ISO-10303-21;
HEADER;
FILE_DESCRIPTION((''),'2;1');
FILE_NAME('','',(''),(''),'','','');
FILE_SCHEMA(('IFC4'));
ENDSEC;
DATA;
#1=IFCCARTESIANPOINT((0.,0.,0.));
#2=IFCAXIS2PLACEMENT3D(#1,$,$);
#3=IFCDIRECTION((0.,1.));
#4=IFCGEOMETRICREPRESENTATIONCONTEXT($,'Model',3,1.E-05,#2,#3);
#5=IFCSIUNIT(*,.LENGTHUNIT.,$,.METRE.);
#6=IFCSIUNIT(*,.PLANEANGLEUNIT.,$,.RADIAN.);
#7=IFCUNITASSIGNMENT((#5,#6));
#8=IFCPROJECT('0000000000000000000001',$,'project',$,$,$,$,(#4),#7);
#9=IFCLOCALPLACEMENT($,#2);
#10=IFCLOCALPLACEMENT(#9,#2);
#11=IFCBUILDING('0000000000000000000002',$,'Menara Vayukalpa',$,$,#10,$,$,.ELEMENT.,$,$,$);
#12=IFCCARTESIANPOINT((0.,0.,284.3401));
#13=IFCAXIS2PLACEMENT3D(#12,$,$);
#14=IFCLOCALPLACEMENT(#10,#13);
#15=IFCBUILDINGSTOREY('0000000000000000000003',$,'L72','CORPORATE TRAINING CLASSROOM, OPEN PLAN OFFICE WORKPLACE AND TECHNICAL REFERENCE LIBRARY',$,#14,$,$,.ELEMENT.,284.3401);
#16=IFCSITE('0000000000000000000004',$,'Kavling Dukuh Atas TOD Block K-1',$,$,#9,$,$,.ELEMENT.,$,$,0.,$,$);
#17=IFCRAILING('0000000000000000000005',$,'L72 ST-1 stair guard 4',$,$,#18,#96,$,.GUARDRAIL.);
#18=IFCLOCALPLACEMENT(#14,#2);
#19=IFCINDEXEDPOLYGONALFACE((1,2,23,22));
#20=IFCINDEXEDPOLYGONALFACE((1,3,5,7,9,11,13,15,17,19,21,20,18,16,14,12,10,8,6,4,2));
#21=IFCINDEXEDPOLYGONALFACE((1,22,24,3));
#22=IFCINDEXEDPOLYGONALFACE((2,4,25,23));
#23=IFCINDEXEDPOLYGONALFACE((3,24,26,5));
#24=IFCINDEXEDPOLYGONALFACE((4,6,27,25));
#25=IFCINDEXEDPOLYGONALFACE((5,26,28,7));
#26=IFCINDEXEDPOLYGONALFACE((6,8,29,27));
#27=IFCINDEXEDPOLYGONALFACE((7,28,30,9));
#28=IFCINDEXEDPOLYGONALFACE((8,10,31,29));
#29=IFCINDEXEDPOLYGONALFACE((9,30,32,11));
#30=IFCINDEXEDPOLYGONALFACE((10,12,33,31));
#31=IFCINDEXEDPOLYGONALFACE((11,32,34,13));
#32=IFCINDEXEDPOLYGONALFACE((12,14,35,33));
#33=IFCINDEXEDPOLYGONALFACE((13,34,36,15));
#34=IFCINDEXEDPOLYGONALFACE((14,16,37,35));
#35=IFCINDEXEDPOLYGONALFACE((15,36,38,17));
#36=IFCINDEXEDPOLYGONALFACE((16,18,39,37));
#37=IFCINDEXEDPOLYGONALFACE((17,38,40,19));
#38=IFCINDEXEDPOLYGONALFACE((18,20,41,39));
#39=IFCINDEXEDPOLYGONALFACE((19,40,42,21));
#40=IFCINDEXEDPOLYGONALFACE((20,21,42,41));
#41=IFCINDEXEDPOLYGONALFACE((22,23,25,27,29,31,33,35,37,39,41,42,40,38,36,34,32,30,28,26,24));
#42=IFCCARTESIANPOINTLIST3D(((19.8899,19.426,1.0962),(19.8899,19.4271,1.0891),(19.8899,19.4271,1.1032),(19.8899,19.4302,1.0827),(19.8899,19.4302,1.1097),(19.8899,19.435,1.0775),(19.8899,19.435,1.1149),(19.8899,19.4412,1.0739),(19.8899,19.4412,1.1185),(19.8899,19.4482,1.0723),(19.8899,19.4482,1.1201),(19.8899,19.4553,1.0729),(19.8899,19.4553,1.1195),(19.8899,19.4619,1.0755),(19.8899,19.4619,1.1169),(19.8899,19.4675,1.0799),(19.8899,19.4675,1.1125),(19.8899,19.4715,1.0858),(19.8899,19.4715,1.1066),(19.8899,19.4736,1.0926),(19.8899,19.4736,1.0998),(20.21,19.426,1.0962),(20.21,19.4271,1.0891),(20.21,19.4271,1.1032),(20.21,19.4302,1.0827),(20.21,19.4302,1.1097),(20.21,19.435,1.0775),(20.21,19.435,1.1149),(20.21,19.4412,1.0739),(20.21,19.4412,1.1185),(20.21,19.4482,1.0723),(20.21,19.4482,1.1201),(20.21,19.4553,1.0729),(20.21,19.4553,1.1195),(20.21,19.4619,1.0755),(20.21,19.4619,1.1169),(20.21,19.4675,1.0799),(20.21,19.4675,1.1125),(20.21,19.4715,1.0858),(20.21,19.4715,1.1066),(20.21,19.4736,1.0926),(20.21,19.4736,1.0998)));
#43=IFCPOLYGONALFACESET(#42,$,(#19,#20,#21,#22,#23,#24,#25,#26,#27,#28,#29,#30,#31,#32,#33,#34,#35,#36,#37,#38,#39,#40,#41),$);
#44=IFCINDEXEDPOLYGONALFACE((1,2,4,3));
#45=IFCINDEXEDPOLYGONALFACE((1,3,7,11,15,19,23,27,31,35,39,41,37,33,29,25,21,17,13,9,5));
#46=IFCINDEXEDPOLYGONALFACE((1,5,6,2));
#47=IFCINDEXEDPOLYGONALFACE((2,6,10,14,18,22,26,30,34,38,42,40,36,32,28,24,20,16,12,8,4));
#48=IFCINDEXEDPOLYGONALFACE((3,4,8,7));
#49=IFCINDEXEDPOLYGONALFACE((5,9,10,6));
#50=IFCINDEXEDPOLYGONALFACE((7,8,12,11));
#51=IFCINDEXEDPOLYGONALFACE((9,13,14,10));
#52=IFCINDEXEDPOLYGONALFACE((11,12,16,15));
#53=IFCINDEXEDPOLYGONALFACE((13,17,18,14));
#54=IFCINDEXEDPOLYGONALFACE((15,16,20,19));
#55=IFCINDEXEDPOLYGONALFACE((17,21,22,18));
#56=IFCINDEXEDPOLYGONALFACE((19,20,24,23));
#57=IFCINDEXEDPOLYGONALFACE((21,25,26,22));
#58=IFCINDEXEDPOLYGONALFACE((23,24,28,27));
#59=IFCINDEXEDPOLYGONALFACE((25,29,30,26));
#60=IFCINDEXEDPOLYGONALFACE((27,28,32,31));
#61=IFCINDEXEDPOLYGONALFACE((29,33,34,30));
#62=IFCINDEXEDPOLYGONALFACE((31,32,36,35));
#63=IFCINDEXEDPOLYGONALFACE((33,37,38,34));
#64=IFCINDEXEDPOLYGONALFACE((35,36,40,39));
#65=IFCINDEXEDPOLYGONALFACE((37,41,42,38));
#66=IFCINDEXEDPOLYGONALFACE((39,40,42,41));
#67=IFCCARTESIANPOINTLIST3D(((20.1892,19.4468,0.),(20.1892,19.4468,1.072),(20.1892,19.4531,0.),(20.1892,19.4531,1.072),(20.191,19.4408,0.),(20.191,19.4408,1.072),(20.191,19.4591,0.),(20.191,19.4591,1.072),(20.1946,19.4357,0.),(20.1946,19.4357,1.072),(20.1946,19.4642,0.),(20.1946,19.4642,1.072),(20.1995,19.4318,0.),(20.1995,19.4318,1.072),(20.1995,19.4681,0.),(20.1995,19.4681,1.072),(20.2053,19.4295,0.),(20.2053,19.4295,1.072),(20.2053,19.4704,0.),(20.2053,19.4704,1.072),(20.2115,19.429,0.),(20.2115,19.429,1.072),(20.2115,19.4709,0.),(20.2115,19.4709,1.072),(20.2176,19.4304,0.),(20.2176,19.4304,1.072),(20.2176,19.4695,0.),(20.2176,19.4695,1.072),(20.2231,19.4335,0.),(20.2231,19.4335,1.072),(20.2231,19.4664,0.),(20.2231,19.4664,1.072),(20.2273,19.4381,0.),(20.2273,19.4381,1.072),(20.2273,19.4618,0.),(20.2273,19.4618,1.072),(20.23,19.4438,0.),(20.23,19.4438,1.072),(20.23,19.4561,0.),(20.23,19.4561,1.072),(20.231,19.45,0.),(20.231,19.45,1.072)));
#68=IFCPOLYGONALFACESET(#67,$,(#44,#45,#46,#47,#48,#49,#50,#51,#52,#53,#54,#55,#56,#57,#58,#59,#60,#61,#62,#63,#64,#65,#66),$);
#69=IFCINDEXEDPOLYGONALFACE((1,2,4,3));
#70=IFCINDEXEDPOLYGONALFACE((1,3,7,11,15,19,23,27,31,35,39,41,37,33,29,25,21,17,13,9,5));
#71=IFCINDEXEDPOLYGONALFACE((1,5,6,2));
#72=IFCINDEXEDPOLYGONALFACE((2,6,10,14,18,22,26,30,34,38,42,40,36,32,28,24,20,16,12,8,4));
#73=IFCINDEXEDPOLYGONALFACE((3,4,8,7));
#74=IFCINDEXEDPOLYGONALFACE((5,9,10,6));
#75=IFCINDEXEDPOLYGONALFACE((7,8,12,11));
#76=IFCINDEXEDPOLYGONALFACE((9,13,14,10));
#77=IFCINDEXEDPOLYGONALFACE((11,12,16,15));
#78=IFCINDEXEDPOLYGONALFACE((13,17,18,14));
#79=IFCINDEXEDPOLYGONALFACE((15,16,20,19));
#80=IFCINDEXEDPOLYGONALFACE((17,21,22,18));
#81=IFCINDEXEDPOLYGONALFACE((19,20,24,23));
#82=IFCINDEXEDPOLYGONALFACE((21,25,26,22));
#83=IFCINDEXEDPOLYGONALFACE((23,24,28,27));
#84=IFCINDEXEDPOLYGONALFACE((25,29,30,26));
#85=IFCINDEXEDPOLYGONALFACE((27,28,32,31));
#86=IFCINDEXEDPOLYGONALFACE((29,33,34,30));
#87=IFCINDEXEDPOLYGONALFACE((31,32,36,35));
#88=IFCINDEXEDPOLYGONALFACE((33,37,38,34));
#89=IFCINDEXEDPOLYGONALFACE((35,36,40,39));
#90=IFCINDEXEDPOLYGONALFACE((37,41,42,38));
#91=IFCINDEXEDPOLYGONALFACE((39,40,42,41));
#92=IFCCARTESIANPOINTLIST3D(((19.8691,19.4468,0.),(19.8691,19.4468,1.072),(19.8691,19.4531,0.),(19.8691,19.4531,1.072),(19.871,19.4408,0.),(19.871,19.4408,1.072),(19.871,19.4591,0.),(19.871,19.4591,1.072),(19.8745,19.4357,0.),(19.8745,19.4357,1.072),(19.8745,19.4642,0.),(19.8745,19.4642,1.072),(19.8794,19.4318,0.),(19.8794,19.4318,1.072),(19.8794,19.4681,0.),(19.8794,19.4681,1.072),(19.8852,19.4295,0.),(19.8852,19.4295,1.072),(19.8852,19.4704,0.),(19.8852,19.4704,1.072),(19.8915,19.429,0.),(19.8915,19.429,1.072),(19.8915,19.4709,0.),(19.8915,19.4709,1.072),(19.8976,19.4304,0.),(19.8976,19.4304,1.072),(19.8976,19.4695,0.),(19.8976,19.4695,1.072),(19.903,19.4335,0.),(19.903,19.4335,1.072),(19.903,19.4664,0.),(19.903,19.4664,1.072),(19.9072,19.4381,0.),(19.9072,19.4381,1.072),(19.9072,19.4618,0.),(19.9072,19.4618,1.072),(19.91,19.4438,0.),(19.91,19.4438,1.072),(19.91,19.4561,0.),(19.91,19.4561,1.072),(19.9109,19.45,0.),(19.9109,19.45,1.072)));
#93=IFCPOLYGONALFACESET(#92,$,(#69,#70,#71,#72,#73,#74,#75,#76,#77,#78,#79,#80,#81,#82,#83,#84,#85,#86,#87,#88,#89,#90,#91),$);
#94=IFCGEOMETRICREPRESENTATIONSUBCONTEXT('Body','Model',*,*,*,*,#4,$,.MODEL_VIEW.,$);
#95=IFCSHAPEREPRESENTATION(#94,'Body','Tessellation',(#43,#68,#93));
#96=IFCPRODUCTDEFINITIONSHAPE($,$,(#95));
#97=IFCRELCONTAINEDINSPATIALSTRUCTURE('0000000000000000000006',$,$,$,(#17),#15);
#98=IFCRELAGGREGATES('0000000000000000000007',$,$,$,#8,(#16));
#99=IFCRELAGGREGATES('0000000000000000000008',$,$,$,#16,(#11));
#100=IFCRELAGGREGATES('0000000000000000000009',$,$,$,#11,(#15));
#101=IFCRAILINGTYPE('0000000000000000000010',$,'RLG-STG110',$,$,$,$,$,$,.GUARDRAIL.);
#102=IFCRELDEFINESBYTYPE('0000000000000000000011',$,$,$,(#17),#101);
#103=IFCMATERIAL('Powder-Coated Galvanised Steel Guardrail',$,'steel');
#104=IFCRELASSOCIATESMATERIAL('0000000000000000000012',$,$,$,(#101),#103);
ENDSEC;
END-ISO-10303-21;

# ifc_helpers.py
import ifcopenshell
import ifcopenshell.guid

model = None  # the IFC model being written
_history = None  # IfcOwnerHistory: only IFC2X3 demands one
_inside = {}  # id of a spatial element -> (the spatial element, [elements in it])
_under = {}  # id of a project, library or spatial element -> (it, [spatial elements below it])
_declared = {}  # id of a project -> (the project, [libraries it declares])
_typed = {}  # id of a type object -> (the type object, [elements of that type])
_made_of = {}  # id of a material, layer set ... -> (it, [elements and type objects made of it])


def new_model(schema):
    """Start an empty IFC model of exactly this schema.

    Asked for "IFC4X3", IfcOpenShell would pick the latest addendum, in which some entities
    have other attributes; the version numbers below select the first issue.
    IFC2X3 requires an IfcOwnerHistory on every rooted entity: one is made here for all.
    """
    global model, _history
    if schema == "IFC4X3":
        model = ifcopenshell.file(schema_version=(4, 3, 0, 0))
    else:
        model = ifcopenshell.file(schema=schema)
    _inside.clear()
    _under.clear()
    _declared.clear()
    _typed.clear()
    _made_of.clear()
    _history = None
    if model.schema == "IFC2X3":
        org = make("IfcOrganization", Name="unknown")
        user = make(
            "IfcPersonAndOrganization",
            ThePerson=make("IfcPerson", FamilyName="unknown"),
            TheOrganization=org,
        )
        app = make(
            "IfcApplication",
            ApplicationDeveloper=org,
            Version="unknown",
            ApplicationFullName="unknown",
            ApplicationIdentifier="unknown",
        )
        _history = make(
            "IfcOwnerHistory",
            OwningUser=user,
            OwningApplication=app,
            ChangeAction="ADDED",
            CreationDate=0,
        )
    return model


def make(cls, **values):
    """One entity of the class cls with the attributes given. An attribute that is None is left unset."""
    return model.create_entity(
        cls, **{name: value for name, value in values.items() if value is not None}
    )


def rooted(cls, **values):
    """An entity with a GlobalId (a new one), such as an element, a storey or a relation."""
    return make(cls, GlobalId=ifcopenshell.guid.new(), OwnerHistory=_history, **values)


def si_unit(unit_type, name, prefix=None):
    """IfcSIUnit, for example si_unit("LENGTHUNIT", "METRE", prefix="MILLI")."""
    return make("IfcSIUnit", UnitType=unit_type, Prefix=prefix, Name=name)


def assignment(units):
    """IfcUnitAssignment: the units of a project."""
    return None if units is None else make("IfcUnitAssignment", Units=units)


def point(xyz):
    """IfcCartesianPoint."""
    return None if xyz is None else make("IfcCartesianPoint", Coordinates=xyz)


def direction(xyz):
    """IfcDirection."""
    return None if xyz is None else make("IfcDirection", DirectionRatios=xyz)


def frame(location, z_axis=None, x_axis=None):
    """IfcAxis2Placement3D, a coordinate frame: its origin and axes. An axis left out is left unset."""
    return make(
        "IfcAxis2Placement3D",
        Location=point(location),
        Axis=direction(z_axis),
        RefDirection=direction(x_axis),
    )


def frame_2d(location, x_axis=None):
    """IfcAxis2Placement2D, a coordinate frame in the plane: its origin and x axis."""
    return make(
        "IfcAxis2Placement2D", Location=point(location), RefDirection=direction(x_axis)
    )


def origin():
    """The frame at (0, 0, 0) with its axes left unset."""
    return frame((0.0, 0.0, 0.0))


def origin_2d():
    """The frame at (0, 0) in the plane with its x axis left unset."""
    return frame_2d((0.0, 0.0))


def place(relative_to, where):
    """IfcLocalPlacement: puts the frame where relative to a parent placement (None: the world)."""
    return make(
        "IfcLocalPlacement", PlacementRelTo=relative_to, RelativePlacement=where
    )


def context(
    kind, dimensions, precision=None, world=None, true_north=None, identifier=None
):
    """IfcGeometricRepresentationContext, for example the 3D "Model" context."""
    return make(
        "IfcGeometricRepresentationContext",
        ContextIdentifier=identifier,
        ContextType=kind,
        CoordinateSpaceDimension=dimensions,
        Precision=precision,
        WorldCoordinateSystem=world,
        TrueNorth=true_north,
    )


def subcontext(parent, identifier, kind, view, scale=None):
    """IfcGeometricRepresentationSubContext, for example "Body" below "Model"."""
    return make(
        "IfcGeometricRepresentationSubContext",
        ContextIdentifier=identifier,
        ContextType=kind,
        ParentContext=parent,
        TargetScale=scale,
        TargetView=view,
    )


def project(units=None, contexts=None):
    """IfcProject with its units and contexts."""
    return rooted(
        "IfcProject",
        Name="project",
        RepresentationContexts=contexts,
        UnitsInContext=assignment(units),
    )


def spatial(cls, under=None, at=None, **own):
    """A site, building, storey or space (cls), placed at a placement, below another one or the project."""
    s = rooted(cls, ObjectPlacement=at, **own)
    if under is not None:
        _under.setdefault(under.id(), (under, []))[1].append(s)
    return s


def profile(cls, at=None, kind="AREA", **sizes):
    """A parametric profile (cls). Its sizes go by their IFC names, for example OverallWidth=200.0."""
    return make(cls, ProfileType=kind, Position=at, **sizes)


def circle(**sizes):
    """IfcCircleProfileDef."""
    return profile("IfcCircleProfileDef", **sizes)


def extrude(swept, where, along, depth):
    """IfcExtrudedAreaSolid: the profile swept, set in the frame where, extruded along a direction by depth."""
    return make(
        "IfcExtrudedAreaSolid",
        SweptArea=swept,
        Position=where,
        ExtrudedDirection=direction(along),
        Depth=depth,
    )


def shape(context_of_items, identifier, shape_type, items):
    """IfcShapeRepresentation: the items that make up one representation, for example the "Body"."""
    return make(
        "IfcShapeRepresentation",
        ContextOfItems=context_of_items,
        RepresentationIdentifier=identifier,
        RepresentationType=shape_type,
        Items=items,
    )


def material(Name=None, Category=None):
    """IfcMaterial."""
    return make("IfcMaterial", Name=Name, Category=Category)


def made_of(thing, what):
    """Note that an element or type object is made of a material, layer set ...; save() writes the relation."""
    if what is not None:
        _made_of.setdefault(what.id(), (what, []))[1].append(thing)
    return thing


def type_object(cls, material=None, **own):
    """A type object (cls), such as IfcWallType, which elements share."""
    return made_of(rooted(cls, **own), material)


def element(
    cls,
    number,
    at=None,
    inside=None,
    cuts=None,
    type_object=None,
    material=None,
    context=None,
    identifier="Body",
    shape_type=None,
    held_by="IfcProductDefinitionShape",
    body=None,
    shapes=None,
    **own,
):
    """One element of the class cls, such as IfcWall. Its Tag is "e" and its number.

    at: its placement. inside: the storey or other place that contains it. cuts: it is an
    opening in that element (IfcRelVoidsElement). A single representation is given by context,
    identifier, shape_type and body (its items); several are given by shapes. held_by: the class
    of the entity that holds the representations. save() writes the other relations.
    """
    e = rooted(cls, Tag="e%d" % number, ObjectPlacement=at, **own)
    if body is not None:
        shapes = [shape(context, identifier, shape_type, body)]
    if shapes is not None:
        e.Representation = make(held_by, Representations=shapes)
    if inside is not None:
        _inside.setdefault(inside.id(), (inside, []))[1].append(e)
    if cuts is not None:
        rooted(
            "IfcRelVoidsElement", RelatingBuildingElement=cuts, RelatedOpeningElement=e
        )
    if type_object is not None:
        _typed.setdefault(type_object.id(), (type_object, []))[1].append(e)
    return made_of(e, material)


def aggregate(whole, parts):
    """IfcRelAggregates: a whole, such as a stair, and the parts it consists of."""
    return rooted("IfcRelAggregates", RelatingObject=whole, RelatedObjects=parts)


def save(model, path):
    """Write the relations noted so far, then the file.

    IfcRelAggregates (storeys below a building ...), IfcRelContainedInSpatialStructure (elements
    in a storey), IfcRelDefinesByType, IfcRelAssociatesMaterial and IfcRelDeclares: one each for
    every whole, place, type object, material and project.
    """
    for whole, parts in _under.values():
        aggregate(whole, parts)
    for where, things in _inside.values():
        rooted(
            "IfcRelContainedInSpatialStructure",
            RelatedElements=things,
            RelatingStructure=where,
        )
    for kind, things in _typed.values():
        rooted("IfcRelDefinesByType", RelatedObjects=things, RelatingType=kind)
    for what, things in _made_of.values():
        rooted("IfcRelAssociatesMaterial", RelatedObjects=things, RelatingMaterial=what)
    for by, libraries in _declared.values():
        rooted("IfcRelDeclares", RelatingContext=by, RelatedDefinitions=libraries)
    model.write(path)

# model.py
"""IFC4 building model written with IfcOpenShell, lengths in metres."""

from ifc_helpers import new_model, si_unit, direction, frame, origin, origin_2d, place, context, subcontext, project, spatial, circle, extrude, material, type_object, element, save


model = new_model("IFC4")

# Units and contexts
model_context = context("Model", 3, precision=1e-05, world=origin(), true_north=direction((0.0, 1.0)))
body_context = subcontext(model_context, "Body", "Model", "MODEL_VIEW")
ifc_project = project(units=[si_unit("LENGTHUNIT", "METRE"), si_unit("PLANEANGLEUNIT", "RADIAN")], contexts=[model_context])

# Site, building, storey
site_placement = place(None, origin())
site = spatial("IfcSite", under=ifc_project, at=site_placement, Name="Kavling Dukuh Atas TOD Block K-1", CompositionType="ELEMENT", RefElevation=0.0)
building_placement = place(site_placement, origin())
building = spatial("IfcBuilding", under=site, at=building_placement, Name="Menara Vayukalpa", CompositionType="ELEMENT")
storey_placement = place(building_placement, frame((0.0, 0.0, 284.3401)))
storey = spatial("IfcBuildingStorey", under=building, at=storey_placement, Name="L72", Description="CORPORATE TRAINING CLASSROOM, OPEN PLAN OFFICE WORKPLACE AND TECHNICAL REFERENCE LIBRARY", CompositionType="ELEMENT", Elevation=284.3401)

# Railing
ifc_material_1 = material(Name="Powder-Coated Galvanised Steel Guardrail", Category="steel")
railing_type_1 = type_object("IfcRailingType", Name="RLG-STG110", PredefinedType="GUARDRAIL", material=ifc_material_1)
railing_1_placement = place(storey_placement, frame((20.21, 19.45, 0.0)))
element("IfcRailing", 1, at=railing_1_placement, inside=storey, type_object=railing_type_1, Name="L72 ST-1 stair guard 4", PredefinedType="GUARDRAIL", context=body_context, shape_type="SweptSolid", body=[
    extrude(circle(Radius=0.0239, at=origin_2d()), frame((0.0, 0.0, 1.0962), z_axis=(-1.0, 0.0, 0.0), x_axis=(0.0, -1.0, 0.0)), (0.0, 0.0, 1.0), 0.3201),
    extrude(circle(Radius=0.021, at=origin_2d()), origin(), (0.0, 0.0, 1.0), 1.072),
    extrude(circle(Radius=0.021, at=origin_2d()), frame((-0.3201, 0.0, 0.0)), (0.0, 0.0, 1.0), 1.072),
])

save(model, "model.ifc")
